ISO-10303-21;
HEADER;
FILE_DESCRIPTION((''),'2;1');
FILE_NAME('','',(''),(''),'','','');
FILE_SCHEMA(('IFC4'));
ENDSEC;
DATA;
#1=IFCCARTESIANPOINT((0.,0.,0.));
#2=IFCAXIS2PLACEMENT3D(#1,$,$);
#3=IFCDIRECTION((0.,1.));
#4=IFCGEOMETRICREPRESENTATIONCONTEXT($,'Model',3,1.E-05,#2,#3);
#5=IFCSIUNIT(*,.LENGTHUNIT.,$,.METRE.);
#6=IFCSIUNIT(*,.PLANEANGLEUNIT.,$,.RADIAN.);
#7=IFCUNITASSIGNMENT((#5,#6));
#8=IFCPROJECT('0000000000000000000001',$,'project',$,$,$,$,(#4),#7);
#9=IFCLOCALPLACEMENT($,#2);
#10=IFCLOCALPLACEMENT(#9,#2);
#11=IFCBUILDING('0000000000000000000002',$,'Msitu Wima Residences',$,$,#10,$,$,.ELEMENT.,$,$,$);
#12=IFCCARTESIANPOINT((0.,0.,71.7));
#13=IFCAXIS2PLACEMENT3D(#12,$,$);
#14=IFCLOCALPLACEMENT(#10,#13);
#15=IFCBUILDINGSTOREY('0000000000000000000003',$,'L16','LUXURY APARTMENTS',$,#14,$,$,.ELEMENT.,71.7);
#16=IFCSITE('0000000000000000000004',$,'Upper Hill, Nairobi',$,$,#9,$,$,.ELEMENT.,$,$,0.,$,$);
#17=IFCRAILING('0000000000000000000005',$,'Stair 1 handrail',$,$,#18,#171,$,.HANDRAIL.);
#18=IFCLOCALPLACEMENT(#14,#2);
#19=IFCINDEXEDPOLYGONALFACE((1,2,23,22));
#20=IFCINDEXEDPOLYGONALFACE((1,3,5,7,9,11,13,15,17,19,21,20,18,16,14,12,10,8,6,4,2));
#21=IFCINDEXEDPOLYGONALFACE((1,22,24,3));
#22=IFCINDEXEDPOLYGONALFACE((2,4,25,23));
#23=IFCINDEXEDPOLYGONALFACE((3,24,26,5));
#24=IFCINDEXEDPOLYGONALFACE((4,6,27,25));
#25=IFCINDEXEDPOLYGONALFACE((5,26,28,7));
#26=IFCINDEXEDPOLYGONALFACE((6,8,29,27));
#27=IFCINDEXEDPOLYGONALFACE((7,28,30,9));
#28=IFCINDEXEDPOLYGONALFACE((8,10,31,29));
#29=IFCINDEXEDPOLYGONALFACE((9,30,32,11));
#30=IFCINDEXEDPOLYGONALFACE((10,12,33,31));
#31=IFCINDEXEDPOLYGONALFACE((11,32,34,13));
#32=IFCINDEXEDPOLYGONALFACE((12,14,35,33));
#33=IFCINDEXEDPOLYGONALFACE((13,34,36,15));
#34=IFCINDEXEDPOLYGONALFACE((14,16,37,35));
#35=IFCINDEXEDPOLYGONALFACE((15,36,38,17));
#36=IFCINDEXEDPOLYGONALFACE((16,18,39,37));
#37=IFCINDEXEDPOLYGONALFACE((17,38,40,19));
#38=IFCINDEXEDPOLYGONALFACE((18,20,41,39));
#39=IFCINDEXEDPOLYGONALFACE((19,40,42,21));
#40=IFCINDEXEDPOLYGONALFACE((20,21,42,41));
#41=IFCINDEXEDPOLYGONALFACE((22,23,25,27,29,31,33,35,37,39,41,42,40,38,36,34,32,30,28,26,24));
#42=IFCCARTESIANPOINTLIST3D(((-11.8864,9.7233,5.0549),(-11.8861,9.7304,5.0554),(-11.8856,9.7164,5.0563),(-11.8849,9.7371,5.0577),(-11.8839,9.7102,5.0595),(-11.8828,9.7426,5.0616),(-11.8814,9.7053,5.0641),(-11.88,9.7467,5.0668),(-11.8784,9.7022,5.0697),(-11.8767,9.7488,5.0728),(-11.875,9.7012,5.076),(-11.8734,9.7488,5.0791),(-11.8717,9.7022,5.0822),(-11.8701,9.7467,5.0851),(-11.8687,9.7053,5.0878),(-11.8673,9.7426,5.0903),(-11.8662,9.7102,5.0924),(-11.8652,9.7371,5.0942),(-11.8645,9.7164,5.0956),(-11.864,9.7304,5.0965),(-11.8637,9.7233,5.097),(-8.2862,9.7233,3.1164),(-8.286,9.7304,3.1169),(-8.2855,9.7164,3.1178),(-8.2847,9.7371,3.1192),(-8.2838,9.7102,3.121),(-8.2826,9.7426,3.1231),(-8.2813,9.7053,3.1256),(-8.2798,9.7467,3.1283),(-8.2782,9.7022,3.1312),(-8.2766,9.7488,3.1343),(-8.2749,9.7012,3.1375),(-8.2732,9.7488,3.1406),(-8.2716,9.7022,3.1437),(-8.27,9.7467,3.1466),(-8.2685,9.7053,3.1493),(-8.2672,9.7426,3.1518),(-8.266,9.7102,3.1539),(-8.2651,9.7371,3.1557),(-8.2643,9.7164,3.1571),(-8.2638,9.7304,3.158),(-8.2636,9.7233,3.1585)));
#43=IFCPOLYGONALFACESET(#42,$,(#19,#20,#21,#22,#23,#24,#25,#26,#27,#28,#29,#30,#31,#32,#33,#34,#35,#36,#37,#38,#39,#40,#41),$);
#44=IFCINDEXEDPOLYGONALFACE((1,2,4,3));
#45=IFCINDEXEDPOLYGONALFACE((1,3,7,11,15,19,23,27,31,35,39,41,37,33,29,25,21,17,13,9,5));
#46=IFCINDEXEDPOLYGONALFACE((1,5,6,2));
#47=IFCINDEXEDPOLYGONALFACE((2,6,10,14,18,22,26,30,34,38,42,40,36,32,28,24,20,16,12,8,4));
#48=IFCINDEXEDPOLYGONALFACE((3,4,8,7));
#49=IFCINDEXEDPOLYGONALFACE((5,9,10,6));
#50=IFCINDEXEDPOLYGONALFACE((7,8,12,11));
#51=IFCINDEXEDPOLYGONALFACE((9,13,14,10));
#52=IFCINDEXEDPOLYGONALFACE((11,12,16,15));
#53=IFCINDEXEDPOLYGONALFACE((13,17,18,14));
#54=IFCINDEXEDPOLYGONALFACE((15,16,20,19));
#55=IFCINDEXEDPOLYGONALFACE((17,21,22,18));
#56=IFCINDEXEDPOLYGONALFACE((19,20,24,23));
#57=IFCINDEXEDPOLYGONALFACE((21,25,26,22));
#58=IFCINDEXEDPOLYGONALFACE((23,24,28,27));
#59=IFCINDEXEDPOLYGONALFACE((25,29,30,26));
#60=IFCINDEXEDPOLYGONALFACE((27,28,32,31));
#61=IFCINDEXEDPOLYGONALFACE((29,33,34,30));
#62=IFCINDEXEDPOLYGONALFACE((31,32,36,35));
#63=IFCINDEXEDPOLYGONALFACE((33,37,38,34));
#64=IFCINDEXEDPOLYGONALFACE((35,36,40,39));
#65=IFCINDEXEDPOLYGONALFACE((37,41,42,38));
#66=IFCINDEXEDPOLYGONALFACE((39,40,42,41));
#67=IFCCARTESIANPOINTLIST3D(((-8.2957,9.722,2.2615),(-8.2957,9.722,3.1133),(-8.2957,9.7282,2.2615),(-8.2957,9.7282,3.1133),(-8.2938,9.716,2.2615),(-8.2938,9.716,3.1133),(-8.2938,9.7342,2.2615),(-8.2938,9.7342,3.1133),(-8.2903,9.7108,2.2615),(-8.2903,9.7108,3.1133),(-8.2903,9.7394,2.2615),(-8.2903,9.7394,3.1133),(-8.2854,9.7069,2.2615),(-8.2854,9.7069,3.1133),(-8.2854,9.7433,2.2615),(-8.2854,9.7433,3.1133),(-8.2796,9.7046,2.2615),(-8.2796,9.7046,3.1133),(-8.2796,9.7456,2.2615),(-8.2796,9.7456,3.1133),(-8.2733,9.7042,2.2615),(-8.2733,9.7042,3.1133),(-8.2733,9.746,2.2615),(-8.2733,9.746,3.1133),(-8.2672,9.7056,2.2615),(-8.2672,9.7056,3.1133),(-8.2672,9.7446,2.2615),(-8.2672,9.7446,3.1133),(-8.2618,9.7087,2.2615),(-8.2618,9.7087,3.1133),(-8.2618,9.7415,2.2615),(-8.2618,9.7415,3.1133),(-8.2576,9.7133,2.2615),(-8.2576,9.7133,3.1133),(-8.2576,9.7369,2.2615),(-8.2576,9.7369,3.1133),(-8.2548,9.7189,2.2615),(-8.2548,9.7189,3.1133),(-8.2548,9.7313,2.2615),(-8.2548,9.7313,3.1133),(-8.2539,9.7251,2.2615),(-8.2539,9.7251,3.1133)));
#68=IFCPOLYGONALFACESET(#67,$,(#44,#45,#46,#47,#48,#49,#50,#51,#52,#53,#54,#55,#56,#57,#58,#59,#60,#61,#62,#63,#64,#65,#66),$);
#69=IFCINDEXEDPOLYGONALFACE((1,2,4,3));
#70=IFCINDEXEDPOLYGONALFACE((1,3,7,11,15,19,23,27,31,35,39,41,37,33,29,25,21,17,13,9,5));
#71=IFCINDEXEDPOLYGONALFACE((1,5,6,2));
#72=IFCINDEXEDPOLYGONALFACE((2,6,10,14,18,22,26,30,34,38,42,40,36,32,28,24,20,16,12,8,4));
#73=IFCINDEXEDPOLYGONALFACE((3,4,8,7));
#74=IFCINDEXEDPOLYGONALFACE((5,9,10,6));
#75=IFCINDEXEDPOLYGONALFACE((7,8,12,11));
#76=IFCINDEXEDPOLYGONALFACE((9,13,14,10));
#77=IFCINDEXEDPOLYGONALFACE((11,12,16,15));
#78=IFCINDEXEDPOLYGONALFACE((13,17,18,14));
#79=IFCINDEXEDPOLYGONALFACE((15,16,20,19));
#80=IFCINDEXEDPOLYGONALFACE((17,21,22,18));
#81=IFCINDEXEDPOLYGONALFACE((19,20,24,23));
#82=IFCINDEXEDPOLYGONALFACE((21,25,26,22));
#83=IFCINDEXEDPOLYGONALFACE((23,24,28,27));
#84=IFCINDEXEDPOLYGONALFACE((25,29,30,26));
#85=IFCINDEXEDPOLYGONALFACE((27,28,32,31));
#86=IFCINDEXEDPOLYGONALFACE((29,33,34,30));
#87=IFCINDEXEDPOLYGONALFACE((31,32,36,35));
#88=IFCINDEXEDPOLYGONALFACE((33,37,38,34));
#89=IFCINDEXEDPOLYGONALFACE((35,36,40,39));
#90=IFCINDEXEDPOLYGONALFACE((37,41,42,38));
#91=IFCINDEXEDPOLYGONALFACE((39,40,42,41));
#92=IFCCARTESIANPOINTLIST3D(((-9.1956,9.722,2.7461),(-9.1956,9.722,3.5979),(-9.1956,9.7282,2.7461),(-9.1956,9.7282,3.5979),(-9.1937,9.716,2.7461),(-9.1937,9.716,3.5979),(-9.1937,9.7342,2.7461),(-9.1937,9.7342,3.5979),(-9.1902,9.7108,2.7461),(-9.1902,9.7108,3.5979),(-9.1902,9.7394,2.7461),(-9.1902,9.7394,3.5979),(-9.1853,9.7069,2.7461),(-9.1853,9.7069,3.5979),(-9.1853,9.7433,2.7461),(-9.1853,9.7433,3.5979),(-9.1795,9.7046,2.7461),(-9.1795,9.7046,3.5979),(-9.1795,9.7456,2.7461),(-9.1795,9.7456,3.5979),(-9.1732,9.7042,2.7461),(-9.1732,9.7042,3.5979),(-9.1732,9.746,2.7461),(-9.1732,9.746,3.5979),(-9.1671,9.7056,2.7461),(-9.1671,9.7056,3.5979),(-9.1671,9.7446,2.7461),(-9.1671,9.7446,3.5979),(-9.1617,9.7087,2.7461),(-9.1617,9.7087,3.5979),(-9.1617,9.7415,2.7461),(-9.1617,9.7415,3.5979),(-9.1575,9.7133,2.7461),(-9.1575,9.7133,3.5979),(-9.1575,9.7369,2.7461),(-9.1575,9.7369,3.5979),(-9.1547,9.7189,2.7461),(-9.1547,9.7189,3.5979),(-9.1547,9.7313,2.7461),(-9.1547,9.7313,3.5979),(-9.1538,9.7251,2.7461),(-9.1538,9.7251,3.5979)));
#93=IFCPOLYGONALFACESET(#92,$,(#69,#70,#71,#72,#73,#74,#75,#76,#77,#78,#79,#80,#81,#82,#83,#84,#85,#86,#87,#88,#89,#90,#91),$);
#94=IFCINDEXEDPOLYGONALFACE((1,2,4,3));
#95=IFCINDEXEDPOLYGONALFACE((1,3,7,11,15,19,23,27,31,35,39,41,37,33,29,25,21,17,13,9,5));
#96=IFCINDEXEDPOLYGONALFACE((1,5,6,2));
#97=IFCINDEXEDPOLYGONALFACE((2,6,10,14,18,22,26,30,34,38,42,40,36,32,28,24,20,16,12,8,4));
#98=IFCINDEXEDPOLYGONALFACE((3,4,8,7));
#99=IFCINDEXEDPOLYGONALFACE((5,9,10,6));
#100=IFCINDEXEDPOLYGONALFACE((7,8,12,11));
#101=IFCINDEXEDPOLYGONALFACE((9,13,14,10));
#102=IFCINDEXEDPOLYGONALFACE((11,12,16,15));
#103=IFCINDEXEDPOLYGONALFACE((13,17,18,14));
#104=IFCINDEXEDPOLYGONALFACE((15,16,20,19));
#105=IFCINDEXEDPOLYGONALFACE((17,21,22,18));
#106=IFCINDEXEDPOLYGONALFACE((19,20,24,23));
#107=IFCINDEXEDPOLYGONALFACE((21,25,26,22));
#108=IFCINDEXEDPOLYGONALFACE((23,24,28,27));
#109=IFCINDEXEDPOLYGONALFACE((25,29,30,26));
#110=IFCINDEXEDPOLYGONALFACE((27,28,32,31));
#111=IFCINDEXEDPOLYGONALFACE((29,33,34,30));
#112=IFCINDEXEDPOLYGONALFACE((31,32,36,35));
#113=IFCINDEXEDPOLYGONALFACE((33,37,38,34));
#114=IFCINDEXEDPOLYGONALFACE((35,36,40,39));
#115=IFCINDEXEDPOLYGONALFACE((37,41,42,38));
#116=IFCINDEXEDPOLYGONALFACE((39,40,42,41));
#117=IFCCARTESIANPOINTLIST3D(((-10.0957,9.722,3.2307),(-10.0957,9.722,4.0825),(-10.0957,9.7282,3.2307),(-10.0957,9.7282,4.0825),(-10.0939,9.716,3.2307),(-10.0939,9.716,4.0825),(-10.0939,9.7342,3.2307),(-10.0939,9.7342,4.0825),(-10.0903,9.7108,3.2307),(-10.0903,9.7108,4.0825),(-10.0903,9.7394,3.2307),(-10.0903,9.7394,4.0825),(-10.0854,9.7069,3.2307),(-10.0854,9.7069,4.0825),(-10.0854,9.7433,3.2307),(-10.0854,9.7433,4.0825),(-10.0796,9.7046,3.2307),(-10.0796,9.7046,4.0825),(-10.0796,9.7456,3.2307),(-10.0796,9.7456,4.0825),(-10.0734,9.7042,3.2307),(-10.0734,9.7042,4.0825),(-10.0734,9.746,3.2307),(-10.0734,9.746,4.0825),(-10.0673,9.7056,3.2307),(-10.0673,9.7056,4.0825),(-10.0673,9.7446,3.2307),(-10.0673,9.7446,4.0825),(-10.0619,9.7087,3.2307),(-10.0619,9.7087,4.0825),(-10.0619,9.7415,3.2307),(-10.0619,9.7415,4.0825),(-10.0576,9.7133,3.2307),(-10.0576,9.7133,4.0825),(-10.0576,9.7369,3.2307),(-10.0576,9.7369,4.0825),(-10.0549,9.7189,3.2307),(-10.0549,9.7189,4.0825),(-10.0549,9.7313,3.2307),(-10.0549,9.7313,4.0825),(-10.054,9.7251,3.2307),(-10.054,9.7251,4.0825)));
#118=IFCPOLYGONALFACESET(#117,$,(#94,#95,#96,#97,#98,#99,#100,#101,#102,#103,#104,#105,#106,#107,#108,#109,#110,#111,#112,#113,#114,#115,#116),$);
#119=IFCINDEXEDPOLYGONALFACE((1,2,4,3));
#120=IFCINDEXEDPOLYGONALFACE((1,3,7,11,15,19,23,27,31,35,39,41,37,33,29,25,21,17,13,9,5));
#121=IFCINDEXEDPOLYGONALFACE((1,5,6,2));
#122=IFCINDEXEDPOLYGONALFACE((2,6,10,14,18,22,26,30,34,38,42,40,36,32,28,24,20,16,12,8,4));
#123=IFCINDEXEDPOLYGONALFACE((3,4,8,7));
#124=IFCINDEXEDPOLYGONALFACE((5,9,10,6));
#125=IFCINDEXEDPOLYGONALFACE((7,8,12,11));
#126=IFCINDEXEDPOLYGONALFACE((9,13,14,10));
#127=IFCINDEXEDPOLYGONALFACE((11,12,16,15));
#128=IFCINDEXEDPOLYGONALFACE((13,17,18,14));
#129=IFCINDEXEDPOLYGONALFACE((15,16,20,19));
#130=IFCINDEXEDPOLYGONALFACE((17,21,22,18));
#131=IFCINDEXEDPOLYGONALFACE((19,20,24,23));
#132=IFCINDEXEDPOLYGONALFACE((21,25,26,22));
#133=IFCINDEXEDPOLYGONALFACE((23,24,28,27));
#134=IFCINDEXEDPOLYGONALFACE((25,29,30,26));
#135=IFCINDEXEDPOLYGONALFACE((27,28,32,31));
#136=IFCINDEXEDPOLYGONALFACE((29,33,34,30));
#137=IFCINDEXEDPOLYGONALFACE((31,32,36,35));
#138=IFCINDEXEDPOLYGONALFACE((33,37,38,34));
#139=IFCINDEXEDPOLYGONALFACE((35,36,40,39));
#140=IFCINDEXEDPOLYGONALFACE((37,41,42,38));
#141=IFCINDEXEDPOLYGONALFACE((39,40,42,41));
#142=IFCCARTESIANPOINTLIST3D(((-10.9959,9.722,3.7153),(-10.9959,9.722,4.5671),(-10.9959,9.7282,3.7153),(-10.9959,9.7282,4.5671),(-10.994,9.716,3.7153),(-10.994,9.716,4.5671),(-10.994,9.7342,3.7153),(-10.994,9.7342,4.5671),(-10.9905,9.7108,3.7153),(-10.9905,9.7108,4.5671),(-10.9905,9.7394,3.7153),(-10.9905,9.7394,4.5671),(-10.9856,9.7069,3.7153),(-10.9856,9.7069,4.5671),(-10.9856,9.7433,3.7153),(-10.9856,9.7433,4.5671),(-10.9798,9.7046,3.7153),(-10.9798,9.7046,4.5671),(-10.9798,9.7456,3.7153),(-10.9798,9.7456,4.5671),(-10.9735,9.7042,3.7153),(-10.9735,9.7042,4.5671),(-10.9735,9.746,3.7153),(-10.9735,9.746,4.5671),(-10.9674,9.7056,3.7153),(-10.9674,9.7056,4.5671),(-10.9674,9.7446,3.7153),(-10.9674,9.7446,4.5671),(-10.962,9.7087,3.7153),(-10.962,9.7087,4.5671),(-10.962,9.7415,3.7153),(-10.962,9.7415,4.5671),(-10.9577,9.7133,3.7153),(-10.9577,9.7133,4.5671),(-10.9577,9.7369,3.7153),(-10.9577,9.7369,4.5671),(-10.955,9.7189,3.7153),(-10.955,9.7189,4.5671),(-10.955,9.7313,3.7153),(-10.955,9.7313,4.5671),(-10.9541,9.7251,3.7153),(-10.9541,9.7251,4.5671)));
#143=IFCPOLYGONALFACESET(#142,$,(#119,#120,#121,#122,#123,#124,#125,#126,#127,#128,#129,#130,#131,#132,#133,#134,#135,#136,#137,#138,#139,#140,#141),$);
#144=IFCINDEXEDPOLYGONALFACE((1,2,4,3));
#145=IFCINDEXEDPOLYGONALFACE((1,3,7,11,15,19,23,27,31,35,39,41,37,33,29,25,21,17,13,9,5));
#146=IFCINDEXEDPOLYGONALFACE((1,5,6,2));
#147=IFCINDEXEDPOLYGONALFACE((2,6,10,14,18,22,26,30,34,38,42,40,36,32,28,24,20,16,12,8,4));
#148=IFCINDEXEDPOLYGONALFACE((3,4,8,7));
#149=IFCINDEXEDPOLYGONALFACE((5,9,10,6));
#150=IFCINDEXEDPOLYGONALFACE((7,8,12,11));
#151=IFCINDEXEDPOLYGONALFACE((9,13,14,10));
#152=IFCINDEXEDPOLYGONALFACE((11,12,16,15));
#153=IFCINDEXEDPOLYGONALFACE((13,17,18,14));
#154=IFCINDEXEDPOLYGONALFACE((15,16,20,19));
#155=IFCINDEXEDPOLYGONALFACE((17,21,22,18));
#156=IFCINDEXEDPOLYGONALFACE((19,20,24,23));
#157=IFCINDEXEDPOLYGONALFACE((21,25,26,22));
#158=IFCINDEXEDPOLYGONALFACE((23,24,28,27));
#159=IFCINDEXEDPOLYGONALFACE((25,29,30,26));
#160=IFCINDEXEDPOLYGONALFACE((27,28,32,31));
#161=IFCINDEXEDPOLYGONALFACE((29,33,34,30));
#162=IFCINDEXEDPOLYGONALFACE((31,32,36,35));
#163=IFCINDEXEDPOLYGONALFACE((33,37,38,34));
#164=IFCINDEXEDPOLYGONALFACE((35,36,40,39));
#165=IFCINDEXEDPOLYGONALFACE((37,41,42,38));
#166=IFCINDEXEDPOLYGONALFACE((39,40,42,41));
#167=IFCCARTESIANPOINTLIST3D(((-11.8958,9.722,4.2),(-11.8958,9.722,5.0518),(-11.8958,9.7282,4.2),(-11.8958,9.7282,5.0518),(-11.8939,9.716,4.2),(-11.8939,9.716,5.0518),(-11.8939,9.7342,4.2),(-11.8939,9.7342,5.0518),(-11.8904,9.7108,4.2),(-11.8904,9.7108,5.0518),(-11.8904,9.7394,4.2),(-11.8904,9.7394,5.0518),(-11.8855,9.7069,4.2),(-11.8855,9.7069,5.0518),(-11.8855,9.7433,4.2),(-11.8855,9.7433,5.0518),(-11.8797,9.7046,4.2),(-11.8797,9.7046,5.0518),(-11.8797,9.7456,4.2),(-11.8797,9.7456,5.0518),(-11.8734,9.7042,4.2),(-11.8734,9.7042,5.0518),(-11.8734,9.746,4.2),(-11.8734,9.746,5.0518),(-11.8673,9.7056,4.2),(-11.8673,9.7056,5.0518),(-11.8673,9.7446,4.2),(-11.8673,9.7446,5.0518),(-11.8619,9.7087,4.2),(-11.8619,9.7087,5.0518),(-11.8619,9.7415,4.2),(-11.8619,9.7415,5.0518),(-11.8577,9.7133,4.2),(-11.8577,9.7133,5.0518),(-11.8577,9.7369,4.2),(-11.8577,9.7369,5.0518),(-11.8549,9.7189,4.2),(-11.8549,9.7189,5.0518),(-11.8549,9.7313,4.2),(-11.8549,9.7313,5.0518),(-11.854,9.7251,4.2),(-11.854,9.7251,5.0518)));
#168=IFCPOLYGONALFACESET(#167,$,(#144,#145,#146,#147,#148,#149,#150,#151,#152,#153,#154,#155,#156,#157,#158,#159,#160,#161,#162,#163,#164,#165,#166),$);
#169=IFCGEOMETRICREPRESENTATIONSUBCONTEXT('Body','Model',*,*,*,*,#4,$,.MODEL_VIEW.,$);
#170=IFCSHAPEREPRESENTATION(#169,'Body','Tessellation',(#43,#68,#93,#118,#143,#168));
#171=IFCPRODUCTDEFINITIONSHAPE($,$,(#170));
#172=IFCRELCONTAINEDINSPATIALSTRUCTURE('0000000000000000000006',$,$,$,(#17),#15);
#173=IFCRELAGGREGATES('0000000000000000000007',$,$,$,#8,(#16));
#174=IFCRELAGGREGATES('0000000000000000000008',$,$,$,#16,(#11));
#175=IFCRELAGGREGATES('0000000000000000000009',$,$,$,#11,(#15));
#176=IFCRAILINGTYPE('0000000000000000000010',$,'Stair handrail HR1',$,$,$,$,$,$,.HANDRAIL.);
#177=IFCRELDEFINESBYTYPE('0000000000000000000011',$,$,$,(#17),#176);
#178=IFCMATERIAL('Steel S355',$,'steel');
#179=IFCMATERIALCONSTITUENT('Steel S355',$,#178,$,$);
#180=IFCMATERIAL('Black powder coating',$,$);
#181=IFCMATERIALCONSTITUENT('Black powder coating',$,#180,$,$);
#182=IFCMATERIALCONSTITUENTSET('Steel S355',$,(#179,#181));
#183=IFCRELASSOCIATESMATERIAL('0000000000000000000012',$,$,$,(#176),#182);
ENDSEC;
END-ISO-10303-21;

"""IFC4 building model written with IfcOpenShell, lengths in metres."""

from ifc_helpers import new_model, si_unit, direction, frame, origin, origin_2d, place, context, subcontext, project, spatial, circle, extrude, material, constituent, constituent_set, type_object, element, save


model = new_model("IFC4")

# Units and contexts
model_context = context("Model", 3, precision=1e-05, world=origin(), true_north=direction((0.0, 1.0)))
body_context = subcontext(model_context, "Body", "Model", "MODEL_VIEW")
ifc_project = project(units=[si_unit("LENGTHUNIT", "METRE"), si_unit("PLANEANGLEUNIT", "RADIAN")], contexts=[model_context])

# Site, building, storey
site_placement = place(None, origin())
site = spatial("IfcSite", under=ifc_project, at=site_placement, Name="Upper Hill, Nairobi", CompositionType="ELEMENT", RefElevation=0.0)
building_placement = place(site_placement, origin())
building = spatial("IfcBuilding", under=site, at=building_placement, Name="Msitu Wima Residences", CompositionType="ELEMENT")
storey_placement = place(building_placement, frame((0.0, 0.0, 71.7)))
storey = spatial("IfcBuildingStorey", under=building, at=storey_placement, Name="L16", Description="LUXURY APARTMENTS", CompositionType="ELEMENT", Elevation=71.7)

# Railing
ifc_material_1 = material(Name="Steel S355", Category="steel")
ifc_constituent_1 = constituent(ifc_material_1, Name="Steel S355")
ifc_material_2 = material(Name="Black powder coating")
ifc_constituent_2 = constituent(ifc_material_2, Name="Black powder coating")
ifc_constituent_set = constituent_set(constituents=[ifc_constituent_1, ifc_constituent_2], Name="Steel S355")
railing_type = type_object("IfcRailingType", Name="Stair handrail HR1", PredefinedType="HANDRAIL", material=ifc_constituent_set)
for number, where, name in (
    (1, (-8.2749, 9.7251, 2.2615), "Stair 1 handrail"),
):
    element("IfcRailing", number, at=place(storey_placement, frame(where)), inside=storey, type_object=railing_type, Name=name, PredefinedType="HANDRAIL", context=body_context, shape_type="SweptSolid", body=[
        extrude(circle(Radius=0.0239, at=origin_2d()), frame((0.0, 0.0, 0.876), z_axis=(-0.880475, 0.0, 0.474093), x_axis=(0.0, -1.0, 0.0)), (0.0, 0.0, 1.0), 4.0889),
        extrude(circle(Radius=0.021, at=origin_2d()), origin(), (0.0, 0.0, 1.0), 0.8518),
        extrude(circle(Radius=0.021, at=origin_2d()), frame((-0.8999, 0.0, 0.4846)), (0.0, 0.0, 1.0), 0.8518),
        extrude(circle(Radius=0.021, at=origin_2d()), frame((-1.8, 0.0, 0.9692)), (0.0, 0.0, 1.0), 0.8518),
        extrude(circle(Radius=0.021, at=origin_2d()), frame((-2.7002, 0.0, 1.4539)), (0.0, 0.0, 1.0), 0.8518),
        extrude(circle(Radius=0.021, at=origin_2d()), frame((-3.6001, 0.0, 1.9385)), (0.0, 0.0, 1.0), 0.8518),
    ])

save(model, "model.ifc")
